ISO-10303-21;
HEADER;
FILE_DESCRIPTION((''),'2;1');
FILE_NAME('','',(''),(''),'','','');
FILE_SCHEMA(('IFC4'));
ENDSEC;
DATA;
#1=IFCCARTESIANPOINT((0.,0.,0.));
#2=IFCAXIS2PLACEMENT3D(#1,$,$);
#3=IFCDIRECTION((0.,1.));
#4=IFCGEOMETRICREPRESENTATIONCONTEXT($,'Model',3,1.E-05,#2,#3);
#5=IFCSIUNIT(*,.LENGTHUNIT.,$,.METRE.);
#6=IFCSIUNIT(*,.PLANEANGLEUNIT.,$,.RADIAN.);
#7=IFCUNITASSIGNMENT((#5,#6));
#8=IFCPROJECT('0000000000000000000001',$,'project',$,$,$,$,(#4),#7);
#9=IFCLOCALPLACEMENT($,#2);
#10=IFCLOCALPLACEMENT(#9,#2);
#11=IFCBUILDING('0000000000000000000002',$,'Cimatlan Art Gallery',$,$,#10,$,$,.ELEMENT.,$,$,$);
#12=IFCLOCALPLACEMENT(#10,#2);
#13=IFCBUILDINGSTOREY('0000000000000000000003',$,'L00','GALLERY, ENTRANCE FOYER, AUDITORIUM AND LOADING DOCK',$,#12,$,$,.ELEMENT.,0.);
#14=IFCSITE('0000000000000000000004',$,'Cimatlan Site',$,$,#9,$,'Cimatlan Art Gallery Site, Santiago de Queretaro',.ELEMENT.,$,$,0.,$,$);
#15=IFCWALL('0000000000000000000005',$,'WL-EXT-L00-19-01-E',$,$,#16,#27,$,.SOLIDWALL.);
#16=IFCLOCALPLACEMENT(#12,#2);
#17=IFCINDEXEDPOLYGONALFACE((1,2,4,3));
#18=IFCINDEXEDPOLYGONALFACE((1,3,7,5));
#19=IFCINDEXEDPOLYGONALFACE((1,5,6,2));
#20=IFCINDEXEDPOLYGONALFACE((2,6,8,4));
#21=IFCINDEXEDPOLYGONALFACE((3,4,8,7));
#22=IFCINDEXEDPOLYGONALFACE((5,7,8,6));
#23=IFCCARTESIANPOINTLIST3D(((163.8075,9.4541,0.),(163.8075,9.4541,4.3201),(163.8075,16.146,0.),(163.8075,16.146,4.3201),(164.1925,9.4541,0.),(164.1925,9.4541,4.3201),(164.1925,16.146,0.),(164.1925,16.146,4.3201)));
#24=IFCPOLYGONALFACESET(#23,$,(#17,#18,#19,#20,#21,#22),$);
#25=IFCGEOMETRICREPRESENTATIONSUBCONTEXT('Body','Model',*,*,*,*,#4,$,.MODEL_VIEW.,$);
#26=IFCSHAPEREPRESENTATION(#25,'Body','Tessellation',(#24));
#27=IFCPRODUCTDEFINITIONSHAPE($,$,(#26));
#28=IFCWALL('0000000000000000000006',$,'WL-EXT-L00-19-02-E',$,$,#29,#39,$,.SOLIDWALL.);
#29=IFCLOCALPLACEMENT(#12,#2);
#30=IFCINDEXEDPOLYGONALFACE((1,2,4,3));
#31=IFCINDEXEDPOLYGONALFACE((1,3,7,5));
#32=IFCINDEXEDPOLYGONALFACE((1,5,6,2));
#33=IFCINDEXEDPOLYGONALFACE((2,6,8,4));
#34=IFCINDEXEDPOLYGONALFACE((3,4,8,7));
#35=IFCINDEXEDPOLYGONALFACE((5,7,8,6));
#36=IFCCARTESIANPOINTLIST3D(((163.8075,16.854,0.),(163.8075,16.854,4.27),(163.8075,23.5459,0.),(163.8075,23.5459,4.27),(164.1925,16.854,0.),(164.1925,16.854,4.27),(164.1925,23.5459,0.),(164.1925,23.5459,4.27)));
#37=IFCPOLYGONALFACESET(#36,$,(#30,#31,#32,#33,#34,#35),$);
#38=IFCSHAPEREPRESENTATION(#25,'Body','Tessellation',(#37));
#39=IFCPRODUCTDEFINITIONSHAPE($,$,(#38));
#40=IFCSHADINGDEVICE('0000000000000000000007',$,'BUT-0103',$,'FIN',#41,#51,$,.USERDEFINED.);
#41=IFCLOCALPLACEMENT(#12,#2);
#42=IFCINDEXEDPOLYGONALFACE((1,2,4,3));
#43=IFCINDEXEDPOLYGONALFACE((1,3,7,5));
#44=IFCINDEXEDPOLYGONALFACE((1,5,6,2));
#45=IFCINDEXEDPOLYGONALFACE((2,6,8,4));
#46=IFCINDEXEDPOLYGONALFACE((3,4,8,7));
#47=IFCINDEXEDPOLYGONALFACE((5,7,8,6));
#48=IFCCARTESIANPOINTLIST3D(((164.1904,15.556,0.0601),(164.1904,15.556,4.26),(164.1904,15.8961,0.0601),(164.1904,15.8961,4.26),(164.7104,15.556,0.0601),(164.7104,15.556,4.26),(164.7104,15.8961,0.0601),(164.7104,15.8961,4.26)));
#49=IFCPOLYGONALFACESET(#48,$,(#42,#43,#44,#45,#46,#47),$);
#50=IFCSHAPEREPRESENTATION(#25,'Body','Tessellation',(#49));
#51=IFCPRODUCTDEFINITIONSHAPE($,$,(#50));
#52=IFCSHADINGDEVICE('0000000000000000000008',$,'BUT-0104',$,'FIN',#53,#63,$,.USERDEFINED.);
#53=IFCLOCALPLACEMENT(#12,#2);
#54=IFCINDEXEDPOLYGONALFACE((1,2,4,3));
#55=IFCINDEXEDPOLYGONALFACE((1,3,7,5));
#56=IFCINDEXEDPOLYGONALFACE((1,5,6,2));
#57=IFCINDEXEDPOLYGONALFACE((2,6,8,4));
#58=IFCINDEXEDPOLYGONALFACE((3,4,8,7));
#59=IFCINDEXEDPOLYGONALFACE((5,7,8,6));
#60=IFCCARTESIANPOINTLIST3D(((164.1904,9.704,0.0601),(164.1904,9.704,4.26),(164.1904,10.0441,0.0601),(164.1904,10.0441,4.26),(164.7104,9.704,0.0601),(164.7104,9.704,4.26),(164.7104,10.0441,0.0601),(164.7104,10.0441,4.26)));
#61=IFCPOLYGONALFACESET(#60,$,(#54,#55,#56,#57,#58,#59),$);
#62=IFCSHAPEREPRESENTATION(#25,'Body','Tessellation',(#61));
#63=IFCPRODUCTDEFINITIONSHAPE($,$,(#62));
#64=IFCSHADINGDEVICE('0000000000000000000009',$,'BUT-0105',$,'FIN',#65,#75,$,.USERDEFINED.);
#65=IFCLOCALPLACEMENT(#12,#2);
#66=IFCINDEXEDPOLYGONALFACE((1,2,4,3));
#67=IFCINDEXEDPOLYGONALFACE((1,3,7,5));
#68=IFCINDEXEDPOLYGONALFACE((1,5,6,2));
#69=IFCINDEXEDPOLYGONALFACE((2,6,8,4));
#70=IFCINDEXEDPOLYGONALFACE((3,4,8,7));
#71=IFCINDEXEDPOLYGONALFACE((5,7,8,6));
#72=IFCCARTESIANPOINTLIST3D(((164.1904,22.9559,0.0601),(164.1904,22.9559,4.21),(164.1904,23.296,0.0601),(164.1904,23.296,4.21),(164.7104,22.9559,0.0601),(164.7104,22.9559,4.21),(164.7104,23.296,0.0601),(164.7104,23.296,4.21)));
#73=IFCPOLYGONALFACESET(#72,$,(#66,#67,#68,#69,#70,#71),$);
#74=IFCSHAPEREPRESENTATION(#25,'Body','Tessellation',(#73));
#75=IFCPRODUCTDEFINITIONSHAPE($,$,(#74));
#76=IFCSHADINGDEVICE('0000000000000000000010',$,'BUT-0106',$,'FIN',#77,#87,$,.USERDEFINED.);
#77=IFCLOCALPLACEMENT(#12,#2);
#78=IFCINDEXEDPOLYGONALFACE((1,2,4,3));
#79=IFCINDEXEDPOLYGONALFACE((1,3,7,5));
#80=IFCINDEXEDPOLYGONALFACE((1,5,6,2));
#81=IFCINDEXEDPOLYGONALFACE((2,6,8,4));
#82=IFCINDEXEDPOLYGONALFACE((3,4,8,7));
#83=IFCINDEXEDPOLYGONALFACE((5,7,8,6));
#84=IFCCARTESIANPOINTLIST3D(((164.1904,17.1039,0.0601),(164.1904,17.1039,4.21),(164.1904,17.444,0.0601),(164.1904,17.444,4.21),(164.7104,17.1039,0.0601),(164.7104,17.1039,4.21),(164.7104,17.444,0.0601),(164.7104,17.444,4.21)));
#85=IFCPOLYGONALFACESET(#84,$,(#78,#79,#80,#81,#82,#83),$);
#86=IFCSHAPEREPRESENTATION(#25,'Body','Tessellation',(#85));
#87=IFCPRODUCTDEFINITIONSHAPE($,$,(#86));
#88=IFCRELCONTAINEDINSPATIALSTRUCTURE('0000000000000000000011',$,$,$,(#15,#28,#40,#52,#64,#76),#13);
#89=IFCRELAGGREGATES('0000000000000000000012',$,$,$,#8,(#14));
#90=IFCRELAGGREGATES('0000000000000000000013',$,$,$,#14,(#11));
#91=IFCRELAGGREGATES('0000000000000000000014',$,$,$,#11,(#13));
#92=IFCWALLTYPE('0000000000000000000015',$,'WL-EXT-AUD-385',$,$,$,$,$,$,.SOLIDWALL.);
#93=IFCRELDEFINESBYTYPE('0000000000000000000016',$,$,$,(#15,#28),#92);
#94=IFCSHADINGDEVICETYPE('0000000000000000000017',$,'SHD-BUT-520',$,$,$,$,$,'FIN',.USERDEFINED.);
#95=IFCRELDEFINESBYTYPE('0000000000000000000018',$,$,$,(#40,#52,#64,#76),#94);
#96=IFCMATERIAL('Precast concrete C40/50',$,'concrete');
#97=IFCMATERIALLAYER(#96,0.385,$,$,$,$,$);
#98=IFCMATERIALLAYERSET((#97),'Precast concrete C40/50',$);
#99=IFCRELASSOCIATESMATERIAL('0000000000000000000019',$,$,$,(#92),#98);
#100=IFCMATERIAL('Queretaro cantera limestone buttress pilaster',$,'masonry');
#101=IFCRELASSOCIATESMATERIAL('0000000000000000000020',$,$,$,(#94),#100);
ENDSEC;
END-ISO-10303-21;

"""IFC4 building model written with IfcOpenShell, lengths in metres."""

from ifc_helpers import new_model, si_unit, direction, frame, frame_2d, origin, origin_2d, place, context, subcontext, project, spatial, rectangle, extrude, material, layer, layer_set, type_object, element, save


model = new_model("IFC4")

# Units and contexts
model_context = context("Model", 3, precision=1e-05, world=origin(), true_north=direction((0.0, 1.0)))
body_context = subcontext(model_context, "Body", "Model", "MODEL_VIEW")
ifc_project = project(units=[si_unit("LENGTHUNIT", "METRE"), si_unit("PLANEANGLEUNIT", "RADIAN")], contexts=[model_context])

# Site, building, storey
site_placement = place(None, origin())
site = spatial("IfcSite", under=ifc_project, at=site_placement, Name="Cimatlan Site", LongName="Cimatlan Art Gallery Site, Santiago de Queretaro", CompositionType="ELEMENT", RefElevation=0.0)
building_placement = place(site_placement, origin())
building = spatial("IfcBuilding", under=site, at=building_placement, Name="Cimatlan Art Gallery", CompositionType="ELEMENT")
storey_placement = place(building_placement, origin())
storey = spatial("IfcBuildingStorey", under=building, at=storey_placement, Name="L00", Description="GALLERY, ENTRANCE FOYER, AUDITORIUM AND LOADING DOCK", CompositionType="ELEMENT", Elevation=0.0)

# Walls
ifc_material_1 = material(Name="Precast concrete C40/50", Category="concrete")
ifc_layer = layer(ifc_material_1, 0.385)
ifc_layer_set = layer_set([ifc_layer], Name="Precast concrete C40/50")
wall_type = type_object("IfcWallType", Name="WL-EXT-AUD-385", PredefinedType="SOLIDWALL", material=ifc_layer_set)
wall_1_placement = place(storey_placement, frame((164.0, 16.146, 0.0), z_axis=(0.0, 0.0, 1.0), x_axis=(0.0, -1.0, 0.0)))
element("IfcWall", 1, at=wall_1_placement, inside=storey, type_object=wall_type, Name="WL-EXT-L00-19-01-E", PredefinedType="SOLIDWALL", context=body_context, shape_type="SweptSolid", body=[
    extrude(rectangle(XDim=6.6919, YDim=0.385, at=frame_2d((3.3459, 0.0))), origin(), (0.0, 0.0, 1.0), 4.3201),
])
wall_2_placement = place(storey_placement, frame((164.0, 23.5459, 0.0), z_axis=(0.0, 0.0, 1.0), x_axis=(0.0, -1.0, 0.0)))
element("IfcWall", 2, at=wall_2_placement, inside=storey, type_object=wall_type, Name="WL-EXT-L00-19-02-E", PredefinedType="SOLIDWALL", context=body_context, shape_type="SweptSolid", body=[
    extrude(rectangle(XDim=6.6919, YDim=0.385, at=frame_2d((3.3459, 0.0))), origin(), (0.0, 0.0, 1.0), 4.27),
])

# Shading devices
ifc_material_2 = material(Name="Queretaro cantera limestone buttress pilaster", Category="masonry")
shading_device_type = type_object("IfcShadingDeviceType", Name="SHD-BUT-520", ElementType="FIN", PredefinedType="USERDEFINED", material=ifc_material_2)
for number, where, z_axis, x_axis, name in (
    (3, (164.4504, 15.7261, 0.0601), (0.0, 0.0, 1.0), (0.0, -1.0, 0.0), "BUT-0103"),
    (4, (164.4504, 9.874, 0.0601), (0.0, 0.0, 1.0), (0.0, -1.0, 0.0), "BUT-0104"),
):
    element("IfcShadingDevice", number, at=place(storey_placement, frame(where, z_axis=z_axis, x_axis=x_axis)), inside=storey, type_object=shading_device_type, Name=name, ObjectType="FIN", PredefinedType="USERDEFINED", context=body_context, shape_type="SweptSolid", body=[
        extrude(rectangle(XDim=0.3401, YDim=0.52, at=origin_2d()), origin(), (0.0, 0.0, 1.0), 4.2),
    ])
for number, where, z_axis, x_axis, name in (
    (5, (164.4504, 23.126, 0.0601), (0.0, 0.0, 1.0), (0.0, -1.0, 0.0), "BUT-0105"),
    (6, (164.4504, 17.2739, 0.0601), (0.0, 0.0, 1.0), (0.0, -1.0, 0.0), "BUT-0106"),
):
    element("IfcShadingDevice", number, at=place(storey_placement, frame(where, z_axis=z_axis, x_axis=x_axis)), inside=storey, type_object=shading_device_type, Name=name, ObjectType="FIN", PredefinedType="USERDEFINED", context=body_context, shape_type="SweptSolid", body=[
        extrude(rectangle(XDim=0.3401, YDim=0.52, at=origin_2d()), origin(), (0.0, 0.0, 1.0), 4.1499),
    ])

save(model, "model.ifc")
